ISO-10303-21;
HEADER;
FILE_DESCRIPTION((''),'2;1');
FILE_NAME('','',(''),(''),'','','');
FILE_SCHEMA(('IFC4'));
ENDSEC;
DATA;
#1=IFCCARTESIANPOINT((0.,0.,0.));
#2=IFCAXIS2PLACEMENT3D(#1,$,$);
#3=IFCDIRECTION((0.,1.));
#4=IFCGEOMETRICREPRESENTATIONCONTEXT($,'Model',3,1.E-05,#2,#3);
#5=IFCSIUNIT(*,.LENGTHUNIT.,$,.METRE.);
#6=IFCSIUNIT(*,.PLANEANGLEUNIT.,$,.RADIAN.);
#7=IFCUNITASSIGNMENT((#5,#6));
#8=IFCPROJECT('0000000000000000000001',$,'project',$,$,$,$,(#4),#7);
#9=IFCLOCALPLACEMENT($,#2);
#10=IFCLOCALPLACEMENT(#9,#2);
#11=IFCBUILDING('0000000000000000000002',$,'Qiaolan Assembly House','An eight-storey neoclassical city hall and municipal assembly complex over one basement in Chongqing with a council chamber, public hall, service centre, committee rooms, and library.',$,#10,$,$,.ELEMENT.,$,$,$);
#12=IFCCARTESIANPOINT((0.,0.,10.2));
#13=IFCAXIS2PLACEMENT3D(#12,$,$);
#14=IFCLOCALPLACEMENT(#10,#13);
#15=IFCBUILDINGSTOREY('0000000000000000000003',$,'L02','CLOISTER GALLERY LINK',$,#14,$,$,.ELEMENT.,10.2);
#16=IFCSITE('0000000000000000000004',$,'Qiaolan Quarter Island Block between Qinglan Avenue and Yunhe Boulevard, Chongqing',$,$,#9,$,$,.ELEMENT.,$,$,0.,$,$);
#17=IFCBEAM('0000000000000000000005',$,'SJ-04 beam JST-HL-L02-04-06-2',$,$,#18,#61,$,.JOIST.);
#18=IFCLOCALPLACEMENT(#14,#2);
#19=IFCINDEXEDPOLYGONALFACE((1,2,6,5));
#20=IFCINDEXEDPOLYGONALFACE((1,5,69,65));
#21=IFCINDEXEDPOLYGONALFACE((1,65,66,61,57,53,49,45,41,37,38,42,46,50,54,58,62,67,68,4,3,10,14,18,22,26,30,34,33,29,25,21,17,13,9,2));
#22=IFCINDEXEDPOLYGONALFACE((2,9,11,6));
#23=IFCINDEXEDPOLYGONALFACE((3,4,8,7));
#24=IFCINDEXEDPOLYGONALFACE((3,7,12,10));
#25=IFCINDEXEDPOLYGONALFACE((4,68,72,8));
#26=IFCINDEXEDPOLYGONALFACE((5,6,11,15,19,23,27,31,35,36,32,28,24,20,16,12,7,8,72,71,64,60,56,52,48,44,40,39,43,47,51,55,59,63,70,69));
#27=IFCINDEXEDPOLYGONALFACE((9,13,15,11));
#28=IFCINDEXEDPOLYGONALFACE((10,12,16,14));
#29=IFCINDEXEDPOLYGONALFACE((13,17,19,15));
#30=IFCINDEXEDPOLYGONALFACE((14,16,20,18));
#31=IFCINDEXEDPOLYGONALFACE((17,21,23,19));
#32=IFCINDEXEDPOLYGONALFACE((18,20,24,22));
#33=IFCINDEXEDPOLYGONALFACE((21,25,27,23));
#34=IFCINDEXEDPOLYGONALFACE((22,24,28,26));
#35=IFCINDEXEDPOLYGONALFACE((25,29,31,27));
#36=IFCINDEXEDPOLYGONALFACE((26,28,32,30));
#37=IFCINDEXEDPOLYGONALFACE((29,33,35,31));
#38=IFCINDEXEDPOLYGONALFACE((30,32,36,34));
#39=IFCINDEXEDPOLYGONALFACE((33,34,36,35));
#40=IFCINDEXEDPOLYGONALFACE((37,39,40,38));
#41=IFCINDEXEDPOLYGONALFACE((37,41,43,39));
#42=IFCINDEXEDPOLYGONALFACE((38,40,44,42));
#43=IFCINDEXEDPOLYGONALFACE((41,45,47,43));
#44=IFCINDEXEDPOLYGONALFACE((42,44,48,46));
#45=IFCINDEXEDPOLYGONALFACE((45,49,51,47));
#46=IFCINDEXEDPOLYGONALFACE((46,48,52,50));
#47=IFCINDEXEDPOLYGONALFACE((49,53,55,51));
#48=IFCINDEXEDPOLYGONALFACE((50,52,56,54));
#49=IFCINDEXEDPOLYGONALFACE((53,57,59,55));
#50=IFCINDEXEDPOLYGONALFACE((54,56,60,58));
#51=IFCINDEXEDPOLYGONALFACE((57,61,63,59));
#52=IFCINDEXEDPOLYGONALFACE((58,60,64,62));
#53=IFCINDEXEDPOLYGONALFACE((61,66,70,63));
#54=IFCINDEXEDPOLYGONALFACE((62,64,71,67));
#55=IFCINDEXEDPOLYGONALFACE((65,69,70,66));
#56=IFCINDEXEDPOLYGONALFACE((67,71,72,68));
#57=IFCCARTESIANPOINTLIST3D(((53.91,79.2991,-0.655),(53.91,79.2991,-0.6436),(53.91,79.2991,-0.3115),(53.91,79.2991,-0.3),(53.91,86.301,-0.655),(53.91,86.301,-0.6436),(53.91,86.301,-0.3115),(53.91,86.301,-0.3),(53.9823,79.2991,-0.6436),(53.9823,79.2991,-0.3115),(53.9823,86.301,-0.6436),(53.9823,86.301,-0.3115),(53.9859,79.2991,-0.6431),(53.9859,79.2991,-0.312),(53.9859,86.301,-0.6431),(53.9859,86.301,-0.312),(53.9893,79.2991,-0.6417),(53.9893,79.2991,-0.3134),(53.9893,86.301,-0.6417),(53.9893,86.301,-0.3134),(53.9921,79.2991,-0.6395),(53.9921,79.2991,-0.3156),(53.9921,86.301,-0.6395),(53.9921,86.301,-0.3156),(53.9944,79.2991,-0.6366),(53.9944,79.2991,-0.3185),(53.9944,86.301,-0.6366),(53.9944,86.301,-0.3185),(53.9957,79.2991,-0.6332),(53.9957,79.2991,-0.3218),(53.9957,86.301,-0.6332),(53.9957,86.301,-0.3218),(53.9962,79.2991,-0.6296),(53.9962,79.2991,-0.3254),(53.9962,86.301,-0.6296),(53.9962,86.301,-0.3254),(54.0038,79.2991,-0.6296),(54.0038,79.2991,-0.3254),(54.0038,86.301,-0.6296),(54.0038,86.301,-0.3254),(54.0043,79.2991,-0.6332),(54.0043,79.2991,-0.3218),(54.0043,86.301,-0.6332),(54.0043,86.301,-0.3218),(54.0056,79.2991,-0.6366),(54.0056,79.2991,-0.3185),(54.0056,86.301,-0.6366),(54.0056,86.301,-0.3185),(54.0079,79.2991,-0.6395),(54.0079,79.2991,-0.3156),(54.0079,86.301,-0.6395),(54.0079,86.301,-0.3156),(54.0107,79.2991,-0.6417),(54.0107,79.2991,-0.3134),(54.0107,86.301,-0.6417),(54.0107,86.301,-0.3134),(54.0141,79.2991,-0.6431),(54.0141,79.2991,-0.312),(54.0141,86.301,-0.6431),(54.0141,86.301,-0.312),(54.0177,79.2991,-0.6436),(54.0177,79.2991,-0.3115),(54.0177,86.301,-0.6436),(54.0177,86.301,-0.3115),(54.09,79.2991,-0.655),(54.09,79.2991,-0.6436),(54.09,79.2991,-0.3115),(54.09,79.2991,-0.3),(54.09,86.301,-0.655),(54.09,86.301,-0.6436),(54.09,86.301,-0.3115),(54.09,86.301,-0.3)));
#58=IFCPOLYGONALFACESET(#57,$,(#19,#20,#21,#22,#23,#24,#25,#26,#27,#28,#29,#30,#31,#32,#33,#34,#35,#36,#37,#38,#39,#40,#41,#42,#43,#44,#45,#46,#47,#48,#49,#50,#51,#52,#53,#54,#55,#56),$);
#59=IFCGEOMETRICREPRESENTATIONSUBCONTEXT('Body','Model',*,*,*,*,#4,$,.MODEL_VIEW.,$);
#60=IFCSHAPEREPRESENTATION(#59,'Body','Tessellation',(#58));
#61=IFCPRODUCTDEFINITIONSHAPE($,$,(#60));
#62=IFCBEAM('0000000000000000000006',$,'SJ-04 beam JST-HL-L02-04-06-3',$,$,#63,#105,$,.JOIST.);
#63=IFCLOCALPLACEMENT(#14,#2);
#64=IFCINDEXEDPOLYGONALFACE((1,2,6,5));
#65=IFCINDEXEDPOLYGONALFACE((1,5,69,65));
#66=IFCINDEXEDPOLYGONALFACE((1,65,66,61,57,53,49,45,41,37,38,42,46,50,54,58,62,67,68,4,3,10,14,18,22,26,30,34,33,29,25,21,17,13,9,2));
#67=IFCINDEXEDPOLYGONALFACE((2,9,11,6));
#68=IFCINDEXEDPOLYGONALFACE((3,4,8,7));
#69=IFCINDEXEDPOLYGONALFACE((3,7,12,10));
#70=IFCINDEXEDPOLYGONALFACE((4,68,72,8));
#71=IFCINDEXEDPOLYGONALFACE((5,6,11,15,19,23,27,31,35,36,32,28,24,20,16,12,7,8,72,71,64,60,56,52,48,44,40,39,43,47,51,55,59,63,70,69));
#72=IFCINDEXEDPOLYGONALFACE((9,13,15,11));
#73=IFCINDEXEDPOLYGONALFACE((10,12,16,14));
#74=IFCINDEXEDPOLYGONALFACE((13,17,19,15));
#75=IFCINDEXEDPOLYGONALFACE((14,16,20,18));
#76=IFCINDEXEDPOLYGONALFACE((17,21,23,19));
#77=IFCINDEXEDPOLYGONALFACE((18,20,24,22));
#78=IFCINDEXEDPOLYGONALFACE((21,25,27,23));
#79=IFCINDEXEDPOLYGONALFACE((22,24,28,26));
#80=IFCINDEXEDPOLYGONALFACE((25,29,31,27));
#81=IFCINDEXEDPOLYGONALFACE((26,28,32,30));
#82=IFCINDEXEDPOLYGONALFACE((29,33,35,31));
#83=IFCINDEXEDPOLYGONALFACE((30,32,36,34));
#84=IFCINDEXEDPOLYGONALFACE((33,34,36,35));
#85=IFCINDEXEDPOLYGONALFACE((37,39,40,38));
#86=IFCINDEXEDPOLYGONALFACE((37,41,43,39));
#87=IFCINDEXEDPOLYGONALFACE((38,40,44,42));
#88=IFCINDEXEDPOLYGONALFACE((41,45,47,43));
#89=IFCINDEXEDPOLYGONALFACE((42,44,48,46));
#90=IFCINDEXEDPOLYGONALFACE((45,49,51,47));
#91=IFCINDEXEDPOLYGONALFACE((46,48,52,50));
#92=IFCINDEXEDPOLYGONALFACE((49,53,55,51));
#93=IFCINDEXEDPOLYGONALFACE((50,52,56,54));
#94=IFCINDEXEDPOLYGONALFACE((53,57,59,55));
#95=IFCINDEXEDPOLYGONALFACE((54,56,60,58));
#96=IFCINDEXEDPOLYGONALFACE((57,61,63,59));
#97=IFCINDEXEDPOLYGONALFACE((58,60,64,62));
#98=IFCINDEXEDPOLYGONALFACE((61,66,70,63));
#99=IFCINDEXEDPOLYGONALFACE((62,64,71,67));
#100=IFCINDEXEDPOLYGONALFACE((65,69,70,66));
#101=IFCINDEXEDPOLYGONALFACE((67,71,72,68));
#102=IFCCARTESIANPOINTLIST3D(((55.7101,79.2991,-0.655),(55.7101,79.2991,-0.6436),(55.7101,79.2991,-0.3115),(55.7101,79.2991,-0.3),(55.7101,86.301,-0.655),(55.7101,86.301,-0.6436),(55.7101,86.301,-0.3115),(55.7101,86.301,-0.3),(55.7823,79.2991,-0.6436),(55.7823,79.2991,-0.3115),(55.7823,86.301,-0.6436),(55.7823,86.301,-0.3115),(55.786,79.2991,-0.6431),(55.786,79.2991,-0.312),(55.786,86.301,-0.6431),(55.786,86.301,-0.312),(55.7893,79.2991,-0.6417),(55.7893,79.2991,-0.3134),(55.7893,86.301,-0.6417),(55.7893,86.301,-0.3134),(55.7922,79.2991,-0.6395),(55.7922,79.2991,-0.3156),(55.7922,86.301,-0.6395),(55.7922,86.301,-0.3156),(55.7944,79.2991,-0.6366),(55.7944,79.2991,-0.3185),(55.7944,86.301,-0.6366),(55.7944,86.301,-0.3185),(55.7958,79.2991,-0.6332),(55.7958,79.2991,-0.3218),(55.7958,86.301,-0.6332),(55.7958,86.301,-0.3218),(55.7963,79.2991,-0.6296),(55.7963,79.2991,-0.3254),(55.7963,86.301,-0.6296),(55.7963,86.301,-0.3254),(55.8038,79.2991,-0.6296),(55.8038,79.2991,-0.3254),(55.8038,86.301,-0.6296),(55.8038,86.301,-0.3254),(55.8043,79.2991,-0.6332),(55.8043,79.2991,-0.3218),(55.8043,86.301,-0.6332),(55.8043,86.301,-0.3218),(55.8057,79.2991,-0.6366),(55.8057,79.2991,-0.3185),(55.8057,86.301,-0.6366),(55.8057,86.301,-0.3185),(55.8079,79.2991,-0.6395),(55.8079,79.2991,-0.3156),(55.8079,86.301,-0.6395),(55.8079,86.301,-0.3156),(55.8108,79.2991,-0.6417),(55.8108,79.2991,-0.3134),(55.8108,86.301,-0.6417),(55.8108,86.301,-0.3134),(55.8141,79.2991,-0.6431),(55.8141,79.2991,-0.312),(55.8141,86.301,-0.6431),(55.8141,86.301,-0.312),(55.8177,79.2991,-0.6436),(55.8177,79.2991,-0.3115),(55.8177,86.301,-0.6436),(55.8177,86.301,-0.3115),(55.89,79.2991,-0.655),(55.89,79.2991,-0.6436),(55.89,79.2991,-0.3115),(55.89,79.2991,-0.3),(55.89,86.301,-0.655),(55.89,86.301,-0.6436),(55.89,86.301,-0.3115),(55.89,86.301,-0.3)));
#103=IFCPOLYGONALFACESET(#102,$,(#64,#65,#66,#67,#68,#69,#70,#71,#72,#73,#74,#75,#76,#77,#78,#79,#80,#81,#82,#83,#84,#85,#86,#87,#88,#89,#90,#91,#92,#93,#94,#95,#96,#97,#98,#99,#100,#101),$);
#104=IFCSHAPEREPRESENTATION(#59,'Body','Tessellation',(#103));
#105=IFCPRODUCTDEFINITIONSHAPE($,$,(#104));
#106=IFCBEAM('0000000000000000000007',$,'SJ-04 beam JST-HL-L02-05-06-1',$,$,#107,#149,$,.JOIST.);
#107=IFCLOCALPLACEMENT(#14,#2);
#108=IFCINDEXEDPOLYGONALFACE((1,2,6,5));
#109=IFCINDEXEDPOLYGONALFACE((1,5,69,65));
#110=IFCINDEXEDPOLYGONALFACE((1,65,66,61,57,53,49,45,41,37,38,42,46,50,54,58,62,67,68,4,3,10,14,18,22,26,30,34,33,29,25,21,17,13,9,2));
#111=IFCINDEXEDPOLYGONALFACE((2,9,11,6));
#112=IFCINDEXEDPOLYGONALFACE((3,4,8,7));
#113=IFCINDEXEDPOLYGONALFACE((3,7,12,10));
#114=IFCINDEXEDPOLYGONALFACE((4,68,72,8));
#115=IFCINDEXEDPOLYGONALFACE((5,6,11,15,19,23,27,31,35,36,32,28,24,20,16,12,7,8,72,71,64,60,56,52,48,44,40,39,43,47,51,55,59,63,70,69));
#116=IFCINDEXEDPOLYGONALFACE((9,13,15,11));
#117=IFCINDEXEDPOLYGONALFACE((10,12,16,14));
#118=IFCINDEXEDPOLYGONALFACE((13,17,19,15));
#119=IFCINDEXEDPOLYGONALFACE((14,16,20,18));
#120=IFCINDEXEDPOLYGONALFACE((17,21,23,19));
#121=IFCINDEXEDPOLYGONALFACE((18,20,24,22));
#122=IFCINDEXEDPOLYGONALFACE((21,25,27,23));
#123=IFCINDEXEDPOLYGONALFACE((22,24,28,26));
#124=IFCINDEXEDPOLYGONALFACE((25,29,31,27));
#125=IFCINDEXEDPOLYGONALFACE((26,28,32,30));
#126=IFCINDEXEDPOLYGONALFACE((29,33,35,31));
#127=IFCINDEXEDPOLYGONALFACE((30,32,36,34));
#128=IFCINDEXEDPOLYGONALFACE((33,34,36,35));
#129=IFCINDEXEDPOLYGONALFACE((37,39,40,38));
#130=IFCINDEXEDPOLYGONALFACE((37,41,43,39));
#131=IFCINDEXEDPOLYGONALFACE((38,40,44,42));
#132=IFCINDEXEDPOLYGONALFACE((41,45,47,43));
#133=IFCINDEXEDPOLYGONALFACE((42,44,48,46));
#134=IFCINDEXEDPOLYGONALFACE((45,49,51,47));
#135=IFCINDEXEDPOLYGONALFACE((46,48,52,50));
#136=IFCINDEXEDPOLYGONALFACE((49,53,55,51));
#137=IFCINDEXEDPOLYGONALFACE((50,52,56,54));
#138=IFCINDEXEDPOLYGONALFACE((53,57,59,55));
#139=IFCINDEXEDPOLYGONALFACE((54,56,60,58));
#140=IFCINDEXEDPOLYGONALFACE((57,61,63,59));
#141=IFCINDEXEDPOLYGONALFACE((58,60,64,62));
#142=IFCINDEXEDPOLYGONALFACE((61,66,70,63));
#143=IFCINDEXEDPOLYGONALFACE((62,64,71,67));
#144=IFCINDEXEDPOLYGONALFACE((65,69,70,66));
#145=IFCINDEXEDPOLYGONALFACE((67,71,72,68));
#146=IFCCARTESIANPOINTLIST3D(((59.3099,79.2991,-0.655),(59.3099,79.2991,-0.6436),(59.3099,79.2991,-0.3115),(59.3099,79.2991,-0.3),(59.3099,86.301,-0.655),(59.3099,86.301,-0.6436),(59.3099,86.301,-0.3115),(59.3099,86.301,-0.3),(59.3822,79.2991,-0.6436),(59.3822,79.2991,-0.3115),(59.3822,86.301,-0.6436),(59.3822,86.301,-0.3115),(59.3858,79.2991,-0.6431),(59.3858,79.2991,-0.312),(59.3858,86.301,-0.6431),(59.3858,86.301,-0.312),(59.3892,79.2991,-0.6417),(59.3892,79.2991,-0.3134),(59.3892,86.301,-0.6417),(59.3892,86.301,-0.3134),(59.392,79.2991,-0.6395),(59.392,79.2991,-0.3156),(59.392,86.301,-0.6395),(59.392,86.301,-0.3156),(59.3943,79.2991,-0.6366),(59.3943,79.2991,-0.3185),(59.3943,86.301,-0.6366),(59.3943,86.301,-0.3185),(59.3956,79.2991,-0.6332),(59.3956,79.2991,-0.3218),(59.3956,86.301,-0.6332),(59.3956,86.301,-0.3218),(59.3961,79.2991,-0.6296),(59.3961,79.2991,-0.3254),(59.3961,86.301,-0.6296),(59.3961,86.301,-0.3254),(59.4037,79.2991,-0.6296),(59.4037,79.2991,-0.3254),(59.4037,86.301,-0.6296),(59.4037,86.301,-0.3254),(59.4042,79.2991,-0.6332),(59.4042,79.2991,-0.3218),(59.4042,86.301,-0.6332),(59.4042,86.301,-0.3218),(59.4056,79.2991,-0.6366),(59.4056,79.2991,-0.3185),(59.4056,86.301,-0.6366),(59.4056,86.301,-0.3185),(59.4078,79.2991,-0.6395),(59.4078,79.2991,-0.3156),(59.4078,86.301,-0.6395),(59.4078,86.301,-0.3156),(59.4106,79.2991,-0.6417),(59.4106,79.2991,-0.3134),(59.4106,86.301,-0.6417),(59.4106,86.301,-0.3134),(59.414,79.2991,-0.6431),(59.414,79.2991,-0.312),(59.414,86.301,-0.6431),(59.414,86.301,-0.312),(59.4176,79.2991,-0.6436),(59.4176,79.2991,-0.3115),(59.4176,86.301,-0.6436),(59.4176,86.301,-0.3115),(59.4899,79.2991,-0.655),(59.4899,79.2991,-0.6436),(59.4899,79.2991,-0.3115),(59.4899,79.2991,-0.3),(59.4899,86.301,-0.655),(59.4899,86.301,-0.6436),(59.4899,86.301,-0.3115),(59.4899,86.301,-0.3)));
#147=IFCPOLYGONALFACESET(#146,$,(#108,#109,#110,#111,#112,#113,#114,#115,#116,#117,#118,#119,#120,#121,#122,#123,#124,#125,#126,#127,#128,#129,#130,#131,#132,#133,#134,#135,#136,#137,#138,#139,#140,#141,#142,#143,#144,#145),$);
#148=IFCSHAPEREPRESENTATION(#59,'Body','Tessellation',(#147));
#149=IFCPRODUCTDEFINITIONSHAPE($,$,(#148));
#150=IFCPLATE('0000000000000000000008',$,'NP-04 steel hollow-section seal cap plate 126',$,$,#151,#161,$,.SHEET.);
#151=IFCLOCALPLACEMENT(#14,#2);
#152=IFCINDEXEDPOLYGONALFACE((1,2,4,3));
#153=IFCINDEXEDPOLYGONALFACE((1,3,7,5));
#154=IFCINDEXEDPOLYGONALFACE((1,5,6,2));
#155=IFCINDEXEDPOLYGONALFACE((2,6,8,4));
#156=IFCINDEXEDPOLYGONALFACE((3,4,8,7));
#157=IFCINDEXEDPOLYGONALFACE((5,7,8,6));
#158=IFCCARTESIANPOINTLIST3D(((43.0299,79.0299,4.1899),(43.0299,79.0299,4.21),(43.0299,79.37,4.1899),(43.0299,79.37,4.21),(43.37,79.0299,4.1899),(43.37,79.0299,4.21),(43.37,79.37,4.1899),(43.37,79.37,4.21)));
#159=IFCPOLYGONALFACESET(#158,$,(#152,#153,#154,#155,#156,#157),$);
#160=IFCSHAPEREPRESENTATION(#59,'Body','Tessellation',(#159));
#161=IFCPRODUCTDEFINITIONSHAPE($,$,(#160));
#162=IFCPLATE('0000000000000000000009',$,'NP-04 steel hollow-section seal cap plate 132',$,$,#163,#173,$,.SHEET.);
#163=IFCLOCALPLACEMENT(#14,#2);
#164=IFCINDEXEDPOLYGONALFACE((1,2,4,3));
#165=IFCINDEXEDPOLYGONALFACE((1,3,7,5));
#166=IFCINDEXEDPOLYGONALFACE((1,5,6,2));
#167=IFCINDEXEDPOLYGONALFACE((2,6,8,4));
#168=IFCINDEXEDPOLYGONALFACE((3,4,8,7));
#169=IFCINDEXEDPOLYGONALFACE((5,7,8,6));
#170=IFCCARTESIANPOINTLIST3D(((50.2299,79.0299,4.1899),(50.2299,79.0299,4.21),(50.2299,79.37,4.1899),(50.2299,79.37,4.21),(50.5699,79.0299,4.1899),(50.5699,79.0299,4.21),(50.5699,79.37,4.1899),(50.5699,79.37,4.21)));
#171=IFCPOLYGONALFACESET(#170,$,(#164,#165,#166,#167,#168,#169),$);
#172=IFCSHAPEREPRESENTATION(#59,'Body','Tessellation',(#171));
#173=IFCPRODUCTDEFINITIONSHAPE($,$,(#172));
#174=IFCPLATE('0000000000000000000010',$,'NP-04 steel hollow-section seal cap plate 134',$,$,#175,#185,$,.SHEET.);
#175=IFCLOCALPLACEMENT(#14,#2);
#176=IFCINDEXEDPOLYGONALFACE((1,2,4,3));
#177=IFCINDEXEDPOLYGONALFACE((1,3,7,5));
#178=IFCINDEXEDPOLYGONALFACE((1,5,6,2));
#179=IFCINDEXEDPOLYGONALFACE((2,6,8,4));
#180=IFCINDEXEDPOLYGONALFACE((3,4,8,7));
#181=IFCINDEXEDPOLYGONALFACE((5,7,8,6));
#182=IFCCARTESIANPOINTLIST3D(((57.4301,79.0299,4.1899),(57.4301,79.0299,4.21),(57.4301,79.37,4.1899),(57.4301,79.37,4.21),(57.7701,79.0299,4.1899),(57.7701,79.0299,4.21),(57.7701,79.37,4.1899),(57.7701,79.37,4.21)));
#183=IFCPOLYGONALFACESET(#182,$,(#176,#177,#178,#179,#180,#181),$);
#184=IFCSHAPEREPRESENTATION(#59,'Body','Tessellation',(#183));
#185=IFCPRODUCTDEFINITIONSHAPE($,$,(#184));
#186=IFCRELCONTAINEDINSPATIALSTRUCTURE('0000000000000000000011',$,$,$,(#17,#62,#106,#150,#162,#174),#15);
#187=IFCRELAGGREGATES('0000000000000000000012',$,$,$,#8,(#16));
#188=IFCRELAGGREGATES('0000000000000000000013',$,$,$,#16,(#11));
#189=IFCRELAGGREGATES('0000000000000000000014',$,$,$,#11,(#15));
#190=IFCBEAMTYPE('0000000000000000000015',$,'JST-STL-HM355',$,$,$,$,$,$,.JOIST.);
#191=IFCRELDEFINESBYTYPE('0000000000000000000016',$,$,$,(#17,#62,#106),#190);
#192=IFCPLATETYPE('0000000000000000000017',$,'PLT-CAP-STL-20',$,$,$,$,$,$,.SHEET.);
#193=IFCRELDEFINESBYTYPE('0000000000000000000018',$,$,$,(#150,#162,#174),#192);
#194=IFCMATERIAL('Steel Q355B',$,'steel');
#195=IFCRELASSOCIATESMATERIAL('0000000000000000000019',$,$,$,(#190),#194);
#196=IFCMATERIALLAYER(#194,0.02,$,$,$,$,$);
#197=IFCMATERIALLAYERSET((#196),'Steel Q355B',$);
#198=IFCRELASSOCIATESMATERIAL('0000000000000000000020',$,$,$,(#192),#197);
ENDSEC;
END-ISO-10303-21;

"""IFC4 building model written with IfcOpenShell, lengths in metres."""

from ifc_helpers import new_model, si_unit, direction, frame, origin, origin_2d, place, context, subcontext, project, spatial, rectangle, i_section, extrude, material, layer, layer_set, material_profile, profile_set, type_object, element, save


model = new_model("IFC4")

# Units and contexts
model_context = context("Model", 3, precision=1e-05, world=origin(), true_north=direction((0.0, 1.0)))
body_context = subcontext(model_context, "Body", "Model", "MODEL_VIEW")
ifc_project = project(units=[si_unit("LENGTHUNIT", "METRE"), si_unit("PLANEANGLEUNIT", "RADIAN")], contexts=[model_context])

# Site, building, storey
site_placement = place(None, origin())
site = spatial("IfcSite", under=ifc_project, at=site_placement, Name="Qiaolan Quarter Island Block between Qinglan Avenue and Yunhe Boulevard, Chongqing", CompositionType="ELEMENT", RefElevation=0.0)
building_placement = place(site_placement, origin())
building = spatial("IfcBuilding", under=site, at=building_placement, Name="Qiaolan Assembly House", Description="An eight-storey neoclassical city hall and municipal assembly complex over one basement in Chongqing with a council chamber, public hall, service centre, committee rooms, and library.", CompositionType="ELEMENT")
storey_placement = place(building_placement, frame((0.0, 0.0, 10.2)))
storey = spatial("IfcBuildingStorey", under=building, at=storey_placement, Name="L02", Description="CLOISTER GALLERY LINK", CompositionType="ELEMENT", Elevation=10.2)

# Shared definitions
ifc_material_1 = material(Name="Steel Q355B", Category="steel")

# Beams
ifc_material_profile_1 = material_profile(ifc_material_1, i_section(OverallWidth=0.1799, OverallDepth=0.355, WebThickness=0.0076, FlangeThickness=0.0115, FilletRadius=0.0139, at=origin_2d()), Name="HM 355x180x7.5x11.5")
ifc_profile_set_1 = profile_set([ifc_material_profile_1], Name="Steel Q355B")
beam_type_1 = type_object("IfcBeamType", Name="JST-STL-HM355", PredefinedType="JOIST", material=ifc_profile_set_1)
for number, where, z_axis, x_axis, name in (
    (1, (54.0, 79.2991, -0.4775), (0.0, 1.0, 0.0), (-1.0, 0.0, 0.0), "SJ-04 beam JST-HL-L02-04-06-2"),
    (2, (55.8, 79.2991, -0.4775), (0.0, 1.0, 0.0), (-1.0, 0.0, 0.0), "SJ-04 beam JST-HL-L02-04-06-3"),
    (3, (59.3999, 79.2991, -0.4775), (0.0, 1.0, 0.0), (-1.0, 0.0, 0.0), "SJ-04 beam JST-HL-L02-05-06-1"),
):
    element("IfcBeam", number, at=place(storey_placement, frame(where, z_axis=z_axis, x_axis=x_axis)), inside=storey, type_object=beam_type_1, Name=name, PredefinedType="JOIST", context=body_context, shape_type="SweptSolid", body=[
        extrude(i_section(OverallWidth=0.1799, OverallDepth=0.355, WebThickness=0.0076, FlangeThickness=0.0115, FilletRadius=0.0139, at=origin_2d()), origin(), (0.0, 0.0, 1.0), 7.002),
    ])

# Plates
ifc_layer_1 = layer(ifc_material_1, 0.02)
ifc_layer_set_1 = layer_set([ifc_layer_1], Name="Steel Q355B")
plate_type = type_object("IfcPlateType", Name="PLT-CAP-STL-20", PredefinedType="SHEET", material=ifc_layer_set_1)
for number, where, z_axis, x_axis, name in (
    (4, (43.2, 79.2, 4.1899), (0.0, 0.0, 1.0), (1.0, 0.0, 0.0), "NP-04 steel hollow-section seal cap plate 126"),
    (5, (50.3999, 79.2, 4.1899), (0.0, 0.0, 1.0), (1.0, 0.0, 0.0), "NP-04 steel hollow-section seal cap plate 132"),
    (6, (57.6001, 79.2, 4.1899), (0.0, 0.0, 1.0), (1.0, 0.0, 0.0), "NP-04 steel hollow-section seal cap plate 134"),
):
    element("IfcPlate", number, at=place(storey_placement, frame(where, z_axis=z_axis, x_axis=x_axis)), inside=storey, type_object=plate_type, Name=name, PredefinedType="SHEET", context=body_context, shape_type="SweptSolid", body=[
        extrude(rectangle(XDim=0.3401, YDim=0.3401, at=origin_2d()), origin(), (0.0, 0.0, 1.0), 0.02),
    ])

save(model, "model.ifc")
